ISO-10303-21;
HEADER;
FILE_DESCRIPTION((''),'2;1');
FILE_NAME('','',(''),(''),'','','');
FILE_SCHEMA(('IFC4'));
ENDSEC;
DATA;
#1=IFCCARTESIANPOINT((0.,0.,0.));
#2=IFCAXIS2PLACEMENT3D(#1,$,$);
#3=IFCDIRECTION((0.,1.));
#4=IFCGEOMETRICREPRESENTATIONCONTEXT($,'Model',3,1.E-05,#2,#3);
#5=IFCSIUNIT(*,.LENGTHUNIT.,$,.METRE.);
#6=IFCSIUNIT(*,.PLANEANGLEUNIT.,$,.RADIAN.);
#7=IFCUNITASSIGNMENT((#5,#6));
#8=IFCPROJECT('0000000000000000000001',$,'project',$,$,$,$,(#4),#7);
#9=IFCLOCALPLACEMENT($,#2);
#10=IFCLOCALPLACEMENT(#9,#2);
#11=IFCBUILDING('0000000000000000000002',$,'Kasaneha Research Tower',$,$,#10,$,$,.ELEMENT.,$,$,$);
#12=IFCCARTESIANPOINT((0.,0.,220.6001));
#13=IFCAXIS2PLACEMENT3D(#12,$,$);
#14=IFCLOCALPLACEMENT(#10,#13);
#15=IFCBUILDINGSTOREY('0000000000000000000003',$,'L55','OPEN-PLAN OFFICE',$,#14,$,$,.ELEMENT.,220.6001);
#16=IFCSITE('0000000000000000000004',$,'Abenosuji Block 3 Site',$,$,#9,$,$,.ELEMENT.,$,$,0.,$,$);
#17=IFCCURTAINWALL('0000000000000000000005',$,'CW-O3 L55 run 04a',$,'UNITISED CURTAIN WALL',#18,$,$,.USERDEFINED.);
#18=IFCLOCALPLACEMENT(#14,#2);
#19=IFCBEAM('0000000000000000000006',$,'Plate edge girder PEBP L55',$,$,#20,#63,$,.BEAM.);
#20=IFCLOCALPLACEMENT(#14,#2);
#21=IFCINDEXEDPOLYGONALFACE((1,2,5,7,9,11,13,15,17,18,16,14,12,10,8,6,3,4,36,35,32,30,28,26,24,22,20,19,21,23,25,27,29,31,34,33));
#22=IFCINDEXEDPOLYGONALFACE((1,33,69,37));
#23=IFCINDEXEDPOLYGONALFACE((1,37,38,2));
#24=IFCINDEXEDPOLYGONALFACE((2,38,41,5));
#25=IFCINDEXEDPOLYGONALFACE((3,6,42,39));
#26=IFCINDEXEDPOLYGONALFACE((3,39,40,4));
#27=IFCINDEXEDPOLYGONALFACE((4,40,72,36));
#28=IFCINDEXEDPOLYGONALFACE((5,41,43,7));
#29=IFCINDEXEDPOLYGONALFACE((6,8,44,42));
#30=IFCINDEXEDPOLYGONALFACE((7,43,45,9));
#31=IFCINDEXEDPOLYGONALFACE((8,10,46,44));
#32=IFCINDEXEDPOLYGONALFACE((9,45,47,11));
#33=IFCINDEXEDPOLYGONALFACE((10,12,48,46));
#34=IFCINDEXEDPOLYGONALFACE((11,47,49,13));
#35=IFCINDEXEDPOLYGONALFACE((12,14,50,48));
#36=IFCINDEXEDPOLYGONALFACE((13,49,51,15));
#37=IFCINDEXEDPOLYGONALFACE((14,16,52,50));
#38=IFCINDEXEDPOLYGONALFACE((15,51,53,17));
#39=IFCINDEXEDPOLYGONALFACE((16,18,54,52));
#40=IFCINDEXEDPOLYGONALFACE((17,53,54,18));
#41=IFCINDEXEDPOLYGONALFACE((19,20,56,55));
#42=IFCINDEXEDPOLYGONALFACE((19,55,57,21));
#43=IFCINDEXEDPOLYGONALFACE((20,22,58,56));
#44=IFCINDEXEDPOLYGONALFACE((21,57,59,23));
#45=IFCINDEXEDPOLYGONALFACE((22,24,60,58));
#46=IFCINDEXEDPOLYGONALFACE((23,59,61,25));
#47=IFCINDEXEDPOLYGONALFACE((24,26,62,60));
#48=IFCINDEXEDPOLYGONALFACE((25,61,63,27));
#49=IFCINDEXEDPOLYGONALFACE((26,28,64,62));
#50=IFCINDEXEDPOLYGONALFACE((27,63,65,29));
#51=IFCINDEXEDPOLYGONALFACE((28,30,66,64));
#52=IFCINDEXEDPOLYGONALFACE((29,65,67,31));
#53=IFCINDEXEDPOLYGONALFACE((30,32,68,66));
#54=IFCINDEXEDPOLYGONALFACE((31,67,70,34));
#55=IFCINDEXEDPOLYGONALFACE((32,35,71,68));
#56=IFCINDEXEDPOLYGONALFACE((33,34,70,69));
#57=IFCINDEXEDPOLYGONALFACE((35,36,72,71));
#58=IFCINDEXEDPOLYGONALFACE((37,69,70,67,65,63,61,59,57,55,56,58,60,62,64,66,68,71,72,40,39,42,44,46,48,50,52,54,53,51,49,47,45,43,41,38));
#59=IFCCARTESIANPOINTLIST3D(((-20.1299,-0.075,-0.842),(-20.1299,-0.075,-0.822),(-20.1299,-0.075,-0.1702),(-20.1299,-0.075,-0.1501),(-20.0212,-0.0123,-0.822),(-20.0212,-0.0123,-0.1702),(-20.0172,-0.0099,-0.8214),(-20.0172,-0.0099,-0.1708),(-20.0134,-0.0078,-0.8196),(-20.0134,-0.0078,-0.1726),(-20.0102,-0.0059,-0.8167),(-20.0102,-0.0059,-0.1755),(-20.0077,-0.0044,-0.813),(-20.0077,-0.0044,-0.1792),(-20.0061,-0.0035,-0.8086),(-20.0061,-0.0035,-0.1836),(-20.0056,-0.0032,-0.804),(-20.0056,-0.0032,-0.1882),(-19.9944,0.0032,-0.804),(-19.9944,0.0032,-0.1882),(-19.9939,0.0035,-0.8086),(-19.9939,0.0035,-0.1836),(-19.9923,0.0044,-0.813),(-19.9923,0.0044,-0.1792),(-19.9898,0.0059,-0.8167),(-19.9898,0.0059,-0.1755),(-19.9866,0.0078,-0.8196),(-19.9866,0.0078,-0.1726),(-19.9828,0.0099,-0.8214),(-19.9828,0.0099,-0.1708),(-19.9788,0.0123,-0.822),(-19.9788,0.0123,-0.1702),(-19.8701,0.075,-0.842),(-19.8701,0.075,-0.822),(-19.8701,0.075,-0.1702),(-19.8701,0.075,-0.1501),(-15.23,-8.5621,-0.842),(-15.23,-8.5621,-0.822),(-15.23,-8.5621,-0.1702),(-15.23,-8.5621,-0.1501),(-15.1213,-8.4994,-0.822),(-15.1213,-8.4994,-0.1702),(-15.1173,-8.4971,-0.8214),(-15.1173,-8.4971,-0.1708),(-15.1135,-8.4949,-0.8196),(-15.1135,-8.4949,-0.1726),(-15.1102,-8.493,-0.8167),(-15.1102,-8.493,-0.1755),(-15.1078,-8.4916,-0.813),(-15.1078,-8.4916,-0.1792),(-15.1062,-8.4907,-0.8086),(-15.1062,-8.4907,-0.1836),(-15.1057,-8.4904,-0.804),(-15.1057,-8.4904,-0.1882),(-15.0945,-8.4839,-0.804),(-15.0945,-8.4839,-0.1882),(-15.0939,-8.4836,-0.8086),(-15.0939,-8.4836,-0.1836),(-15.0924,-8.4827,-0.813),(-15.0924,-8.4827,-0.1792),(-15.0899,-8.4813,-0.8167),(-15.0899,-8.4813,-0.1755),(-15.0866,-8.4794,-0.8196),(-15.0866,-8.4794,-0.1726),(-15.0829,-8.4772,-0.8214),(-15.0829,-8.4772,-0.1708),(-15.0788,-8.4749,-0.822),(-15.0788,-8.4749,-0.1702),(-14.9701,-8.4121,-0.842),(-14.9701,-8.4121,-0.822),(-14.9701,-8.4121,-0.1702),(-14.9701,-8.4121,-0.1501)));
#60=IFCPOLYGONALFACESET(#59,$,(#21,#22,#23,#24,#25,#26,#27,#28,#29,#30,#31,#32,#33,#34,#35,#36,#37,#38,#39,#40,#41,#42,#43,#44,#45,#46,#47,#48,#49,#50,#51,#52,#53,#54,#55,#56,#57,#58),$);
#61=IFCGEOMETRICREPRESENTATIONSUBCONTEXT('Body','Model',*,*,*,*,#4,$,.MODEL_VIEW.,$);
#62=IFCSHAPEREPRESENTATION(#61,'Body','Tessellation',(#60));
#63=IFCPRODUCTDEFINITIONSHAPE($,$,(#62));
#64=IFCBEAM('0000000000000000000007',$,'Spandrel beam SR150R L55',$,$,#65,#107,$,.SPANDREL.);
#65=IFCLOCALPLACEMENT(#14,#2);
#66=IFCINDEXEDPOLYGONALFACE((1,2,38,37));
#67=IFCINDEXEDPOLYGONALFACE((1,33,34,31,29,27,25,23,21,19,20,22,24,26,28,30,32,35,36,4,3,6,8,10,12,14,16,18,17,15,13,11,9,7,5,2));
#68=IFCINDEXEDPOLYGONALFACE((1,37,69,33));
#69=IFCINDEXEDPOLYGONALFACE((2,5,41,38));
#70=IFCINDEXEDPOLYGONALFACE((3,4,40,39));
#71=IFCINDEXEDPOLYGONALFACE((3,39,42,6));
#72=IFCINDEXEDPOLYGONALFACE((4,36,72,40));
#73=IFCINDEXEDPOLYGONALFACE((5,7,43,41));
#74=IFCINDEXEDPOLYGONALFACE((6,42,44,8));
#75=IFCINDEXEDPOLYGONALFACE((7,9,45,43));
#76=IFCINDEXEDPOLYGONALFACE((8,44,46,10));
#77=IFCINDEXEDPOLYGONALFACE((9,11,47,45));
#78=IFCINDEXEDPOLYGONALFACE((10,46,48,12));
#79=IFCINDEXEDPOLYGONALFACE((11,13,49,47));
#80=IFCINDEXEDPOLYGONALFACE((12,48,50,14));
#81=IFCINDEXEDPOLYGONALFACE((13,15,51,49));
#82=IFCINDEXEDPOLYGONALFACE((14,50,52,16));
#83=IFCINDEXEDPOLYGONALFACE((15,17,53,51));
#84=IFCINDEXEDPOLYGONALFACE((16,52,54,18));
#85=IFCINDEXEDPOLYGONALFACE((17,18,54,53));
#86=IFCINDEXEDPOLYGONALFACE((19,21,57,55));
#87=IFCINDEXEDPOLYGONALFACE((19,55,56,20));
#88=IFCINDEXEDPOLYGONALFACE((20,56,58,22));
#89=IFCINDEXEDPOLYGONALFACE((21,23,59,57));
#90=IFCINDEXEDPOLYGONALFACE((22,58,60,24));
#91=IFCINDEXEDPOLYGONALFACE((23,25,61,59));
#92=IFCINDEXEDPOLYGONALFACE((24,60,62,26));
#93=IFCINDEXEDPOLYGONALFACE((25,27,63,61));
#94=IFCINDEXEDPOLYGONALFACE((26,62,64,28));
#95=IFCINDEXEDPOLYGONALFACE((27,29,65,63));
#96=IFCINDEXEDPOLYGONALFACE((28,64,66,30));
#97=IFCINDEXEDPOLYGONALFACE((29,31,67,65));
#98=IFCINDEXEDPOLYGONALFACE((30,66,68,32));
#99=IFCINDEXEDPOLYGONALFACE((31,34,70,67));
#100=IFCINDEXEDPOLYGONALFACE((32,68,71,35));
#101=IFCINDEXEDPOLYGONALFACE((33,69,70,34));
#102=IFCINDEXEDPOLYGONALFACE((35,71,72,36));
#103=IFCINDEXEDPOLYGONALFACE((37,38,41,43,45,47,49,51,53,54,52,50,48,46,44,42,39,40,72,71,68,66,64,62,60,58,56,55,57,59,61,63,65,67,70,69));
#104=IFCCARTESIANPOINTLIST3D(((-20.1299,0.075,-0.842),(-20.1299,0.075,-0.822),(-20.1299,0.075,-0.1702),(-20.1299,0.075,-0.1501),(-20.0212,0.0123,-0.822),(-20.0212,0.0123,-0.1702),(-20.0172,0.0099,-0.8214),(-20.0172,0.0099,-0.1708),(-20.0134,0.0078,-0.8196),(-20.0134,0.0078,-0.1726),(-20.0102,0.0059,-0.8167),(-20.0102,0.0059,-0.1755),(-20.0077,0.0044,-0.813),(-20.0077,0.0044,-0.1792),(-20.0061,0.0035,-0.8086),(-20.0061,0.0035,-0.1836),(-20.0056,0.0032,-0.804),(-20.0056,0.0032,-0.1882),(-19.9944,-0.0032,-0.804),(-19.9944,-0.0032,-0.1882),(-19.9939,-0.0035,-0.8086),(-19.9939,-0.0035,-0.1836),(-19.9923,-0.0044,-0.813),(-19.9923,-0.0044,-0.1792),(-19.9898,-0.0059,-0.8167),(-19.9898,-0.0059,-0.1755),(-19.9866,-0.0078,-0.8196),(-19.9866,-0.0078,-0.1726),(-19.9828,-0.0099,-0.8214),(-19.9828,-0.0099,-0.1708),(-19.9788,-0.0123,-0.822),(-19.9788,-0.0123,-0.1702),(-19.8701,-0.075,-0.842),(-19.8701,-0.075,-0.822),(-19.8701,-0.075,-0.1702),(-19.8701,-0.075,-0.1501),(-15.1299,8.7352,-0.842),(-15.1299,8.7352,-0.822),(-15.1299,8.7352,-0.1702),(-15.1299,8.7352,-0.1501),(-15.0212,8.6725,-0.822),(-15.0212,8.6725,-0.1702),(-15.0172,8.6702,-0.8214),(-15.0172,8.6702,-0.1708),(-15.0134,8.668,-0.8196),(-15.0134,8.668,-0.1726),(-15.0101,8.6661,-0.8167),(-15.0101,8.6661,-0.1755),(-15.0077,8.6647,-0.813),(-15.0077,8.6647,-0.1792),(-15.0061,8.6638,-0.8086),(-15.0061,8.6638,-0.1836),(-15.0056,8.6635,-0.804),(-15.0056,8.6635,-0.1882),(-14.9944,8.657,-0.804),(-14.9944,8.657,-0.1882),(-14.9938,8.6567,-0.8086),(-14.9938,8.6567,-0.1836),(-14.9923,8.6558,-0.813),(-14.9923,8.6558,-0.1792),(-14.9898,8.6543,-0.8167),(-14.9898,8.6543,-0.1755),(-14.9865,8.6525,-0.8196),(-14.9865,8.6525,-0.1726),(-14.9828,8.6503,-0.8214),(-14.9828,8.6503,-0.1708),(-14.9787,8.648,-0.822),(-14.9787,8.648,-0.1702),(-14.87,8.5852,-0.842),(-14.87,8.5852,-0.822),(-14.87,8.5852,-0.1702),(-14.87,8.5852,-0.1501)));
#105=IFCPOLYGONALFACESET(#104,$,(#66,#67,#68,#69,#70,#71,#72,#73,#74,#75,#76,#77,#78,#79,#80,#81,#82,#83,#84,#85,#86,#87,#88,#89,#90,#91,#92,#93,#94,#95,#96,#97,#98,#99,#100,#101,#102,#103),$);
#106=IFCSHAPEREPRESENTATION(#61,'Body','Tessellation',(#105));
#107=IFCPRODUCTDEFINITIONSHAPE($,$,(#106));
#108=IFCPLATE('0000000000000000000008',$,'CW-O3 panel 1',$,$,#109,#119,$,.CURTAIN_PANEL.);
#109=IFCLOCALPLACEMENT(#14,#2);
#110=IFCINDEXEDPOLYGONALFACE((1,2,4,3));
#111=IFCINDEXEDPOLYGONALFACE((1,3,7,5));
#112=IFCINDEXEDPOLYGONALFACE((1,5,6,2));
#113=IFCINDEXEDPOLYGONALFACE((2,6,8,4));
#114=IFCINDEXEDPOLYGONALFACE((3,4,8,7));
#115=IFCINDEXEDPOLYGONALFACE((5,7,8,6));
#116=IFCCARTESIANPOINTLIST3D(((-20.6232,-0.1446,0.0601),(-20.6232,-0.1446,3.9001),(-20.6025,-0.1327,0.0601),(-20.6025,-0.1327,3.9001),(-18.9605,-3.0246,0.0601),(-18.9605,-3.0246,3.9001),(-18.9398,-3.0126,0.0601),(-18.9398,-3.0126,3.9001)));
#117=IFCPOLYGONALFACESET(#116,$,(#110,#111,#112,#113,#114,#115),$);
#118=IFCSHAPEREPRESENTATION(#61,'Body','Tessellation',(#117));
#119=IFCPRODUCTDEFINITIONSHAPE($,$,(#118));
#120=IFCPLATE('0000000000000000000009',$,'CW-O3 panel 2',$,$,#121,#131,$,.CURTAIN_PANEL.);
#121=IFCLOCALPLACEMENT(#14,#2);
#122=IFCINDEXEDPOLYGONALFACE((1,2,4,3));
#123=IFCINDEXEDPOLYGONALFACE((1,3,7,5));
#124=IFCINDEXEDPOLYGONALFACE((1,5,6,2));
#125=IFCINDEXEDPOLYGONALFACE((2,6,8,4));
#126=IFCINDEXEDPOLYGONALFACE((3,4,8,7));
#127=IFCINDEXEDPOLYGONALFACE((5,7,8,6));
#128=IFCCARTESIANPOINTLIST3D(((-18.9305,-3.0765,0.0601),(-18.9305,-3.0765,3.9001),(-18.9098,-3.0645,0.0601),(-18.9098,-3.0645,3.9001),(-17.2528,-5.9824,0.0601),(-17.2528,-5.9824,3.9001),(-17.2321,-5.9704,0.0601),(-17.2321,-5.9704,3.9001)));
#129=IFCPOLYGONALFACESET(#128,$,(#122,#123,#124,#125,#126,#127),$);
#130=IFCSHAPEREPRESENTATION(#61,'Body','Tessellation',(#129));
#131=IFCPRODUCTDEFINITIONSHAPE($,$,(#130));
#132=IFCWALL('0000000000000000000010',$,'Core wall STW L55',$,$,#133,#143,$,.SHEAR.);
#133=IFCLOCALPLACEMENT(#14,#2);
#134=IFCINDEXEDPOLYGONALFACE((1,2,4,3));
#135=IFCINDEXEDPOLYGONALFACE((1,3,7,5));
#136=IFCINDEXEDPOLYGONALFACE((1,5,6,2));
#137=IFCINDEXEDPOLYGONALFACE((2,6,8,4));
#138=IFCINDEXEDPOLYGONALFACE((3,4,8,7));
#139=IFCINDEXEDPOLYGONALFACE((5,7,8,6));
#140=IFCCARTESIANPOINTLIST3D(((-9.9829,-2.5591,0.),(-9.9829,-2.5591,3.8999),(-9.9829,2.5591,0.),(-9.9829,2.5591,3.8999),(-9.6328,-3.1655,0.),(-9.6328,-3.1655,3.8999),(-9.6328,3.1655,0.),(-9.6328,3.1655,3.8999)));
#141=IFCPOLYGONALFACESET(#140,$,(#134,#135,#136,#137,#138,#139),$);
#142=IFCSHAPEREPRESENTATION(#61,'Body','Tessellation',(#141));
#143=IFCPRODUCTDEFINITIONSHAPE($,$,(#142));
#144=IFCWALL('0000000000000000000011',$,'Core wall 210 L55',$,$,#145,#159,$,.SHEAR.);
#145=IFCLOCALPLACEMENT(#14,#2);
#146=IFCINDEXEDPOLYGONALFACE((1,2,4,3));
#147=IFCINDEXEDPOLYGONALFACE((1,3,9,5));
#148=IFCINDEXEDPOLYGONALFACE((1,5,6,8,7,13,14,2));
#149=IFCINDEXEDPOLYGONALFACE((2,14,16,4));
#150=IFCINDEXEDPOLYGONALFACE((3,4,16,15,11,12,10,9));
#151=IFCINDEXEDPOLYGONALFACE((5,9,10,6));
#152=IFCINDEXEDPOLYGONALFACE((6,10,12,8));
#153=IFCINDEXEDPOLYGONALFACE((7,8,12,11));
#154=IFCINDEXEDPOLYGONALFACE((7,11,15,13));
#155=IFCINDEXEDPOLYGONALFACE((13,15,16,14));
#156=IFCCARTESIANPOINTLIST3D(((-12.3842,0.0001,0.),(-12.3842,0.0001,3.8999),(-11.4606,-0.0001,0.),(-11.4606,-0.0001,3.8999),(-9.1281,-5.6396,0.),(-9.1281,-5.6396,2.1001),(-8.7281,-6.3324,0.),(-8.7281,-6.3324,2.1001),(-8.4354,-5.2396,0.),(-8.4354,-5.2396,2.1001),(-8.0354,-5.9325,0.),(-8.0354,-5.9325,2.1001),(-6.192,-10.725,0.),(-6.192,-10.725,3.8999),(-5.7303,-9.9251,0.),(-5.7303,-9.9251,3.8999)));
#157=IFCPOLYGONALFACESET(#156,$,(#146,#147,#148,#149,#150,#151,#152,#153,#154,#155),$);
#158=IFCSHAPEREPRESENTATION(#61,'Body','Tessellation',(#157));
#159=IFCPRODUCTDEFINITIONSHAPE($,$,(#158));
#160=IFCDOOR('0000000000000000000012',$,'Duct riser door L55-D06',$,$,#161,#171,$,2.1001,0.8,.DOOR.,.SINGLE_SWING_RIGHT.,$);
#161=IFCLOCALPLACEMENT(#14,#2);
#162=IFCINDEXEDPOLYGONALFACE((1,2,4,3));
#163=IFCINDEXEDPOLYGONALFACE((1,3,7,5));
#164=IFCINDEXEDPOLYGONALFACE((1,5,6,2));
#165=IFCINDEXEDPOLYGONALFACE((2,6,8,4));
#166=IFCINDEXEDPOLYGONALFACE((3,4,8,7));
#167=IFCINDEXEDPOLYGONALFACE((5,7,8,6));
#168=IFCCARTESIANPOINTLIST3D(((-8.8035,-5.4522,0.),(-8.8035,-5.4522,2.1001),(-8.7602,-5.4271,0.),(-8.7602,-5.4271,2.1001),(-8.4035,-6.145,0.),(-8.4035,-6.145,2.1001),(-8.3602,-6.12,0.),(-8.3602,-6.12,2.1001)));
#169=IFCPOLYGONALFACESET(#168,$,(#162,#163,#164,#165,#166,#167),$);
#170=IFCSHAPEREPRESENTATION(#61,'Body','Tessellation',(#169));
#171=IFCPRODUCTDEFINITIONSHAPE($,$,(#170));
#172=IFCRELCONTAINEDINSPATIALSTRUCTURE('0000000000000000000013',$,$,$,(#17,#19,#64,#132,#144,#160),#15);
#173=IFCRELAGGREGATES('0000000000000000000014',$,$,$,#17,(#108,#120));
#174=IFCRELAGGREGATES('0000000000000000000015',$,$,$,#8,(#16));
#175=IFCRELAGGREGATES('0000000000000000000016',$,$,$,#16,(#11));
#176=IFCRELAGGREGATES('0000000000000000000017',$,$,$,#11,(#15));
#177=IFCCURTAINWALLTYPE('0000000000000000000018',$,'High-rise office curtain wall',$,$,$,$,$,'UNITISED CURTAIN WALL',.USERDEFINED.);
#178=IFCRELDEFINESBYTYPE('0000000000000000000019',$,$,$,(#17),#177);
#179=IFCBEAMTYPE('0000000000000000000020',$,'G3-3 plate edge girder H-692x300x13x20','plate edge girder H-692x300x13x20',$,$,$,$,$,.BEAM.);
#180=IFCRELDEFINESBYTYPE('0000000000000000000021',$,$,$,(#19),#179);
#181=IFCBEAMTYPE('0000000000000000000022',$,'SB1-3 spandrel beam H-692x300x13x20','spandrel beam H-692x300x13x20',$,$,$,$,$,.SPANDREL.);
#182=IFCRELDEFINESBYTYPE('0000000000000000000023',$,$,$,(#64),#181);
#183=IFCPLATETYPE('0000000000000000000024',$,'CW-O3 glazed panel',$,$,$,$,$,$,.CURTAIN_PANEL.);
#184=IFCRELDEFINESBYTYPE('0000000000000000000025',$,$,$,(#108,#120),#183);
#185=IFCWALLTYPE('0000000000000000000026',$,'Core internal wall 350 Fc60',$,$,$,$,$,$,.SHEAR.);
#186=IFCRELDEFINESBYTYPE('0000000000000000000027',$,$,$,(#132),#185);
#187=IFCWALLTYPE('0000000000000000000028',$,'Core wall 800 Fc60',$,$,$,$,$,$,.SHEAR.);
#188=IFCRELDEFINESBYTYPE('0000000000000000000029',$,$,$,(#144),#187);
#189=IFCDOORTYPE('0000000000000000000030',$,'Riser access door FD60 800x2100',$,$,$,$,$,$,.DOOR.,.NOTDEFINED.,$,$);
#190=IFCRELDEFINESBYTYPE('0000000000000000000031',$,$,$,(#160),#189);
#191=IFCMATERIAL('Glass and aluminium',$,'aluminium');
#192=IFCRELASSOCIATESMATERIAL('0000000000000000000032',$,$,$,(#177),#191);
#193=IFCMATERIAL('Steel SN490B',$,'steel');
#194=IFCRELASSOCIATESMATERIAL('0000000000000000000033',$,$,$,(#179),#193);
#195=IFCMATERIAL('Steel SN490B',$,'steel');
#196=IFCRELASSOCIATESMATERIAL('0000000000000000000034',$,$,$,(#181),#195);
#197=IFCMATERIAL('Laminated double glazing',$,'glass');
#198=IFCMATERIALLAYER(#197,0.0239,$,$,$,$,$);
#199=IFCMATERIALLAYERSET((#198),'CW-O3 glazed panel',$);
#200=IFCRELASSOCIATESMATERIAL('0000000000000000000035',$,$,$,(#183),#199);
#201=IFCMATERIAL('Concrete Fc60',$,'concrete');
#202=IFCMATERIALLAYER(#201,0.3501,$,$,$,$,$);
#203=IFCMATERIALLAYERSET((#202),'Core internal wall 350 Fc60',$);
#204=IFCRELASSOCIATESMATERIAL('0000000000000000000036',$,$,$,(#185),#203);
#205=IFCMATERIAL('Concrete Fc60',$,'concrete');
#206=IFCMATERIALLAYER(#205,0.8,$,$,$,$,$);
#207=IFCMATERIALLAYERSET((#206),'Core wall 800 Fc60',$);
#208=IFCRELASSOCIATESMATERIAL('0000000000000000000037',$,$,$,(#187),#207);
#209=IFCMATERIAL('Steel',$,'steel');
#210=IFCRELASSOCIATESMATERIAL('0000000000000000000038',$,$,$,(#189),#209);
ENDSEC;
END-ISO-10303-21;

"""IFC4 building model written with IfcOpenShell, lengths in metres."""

from ifc_helpers import new_model, si_unit, direction, frame, frame_2d, origin, origin_2d, place, context, subcontext, project, spatial, polyline, rectangle, i_section, outline, extrude, material, layer, layer_set, material_profile, profile_set, type_object, element, fill, aggregate, save


model = new_model("IFC4")

# Units and contexts
model_context = context("Model", 3, precision=1e-05, world=origin(), true_north=direction((0.0, 1.0)))
body_context = subcontext(model_context, "Body", "Model", "MODEL_VIEW")
ifc_project = project(units=[si_unit("LENGTHUNIT", "METRE"), si_unit("PLANEANGLEUNIT", "RADIAN")], contexts=[model_context])

# Site, building, storey
site_placement = place(None, origin())
site = spatial("IfcSite", under=ifc_project, at=site_placement, Name="Abenosuji Block 3 Site", CompositionType="ELEMENT", RefElevation=0.0)
building_placement = place(site_placement, origin())
building = spatial("IfcBuilding", under=site, at=building_placement, Name="Kasaneha Research Tower", CompositionType="ELEMENT")
storey_placement = place(building_placement, frame((0.0, 0.0, 220.6001)))
storey = spatial("IfcBuildingStorey", under=building, at=storey_placement, Name="L55", Description="OPEN-PLAN OFFICE", CompositionType="ELEMENT", Elevation=220.6001)

# Curtain wall
ifc_material_1 = material(Name="Glass and aluminium", Category="aluminium")
curtain_wall_type = type_object("IfcCurtainWallType", Name="High-rise office curtain wall", ElementType="UNITISED CURTAIN WALL", PredefinedType="USERDEFINED", material=ifc_material_1)
curtain_wall_placement = place(storey_placement, origin())
curtain_wall = element("IfcCurtainWall", 1, at=curtain_wall_placement, inside=storey, type_object=curtain_wall_type, Name="CW-O3 L55 run 04a", ObjectType="UNITISED CURTAIN WALL", PredefinedType="USERDEFINED")

# Beams
ifc_material_2 = material(Name="Steel SN490B", Category="steel")
ifc_material_profile_1 = material_profile(ifc_material_2, i_section(OverallWidth=0.3, OverallDepth=0.6919, WebThickness=0.0129, FlangeThickness=0.02, FilletRadius=0.0181, at=origin_2d()), Name="H-692x300x13x20")
ifc_profile_set_1 = profile_set([ifc_material_profile_1], Name="Steel SN490B")
beam_type_1 = type_object("IfcBeamType", Name="G3-3 plate edge girder H-692x300x13x20", Description="plate edge girder H-692x300x13x20", PredefinedType="BEAM", material=ifc_profile_set_1)
beam_1_placement = place(storey_placement, frame((-20.0, 0.0, -0.4961), z_axis=(0.499992, -0.86603, 0.0), x_axis=(0.86603, 0.499992, 0.0)))
element("IfcBeam", 2, at=beam_1_placement, inside=storey, type_object=beam_type_1, Name="Plate edge girder PEBP L55", PredefinedType="BEAM", context=body_context, shape_type="SweptSolid", body=[
    extrude(i_section(OverallWidth=0.3, OverallDepth=0.6919, WebThickness=0.0129, FlangeThickness=0.02, FilletRadius=0.0181, at=origin_2d()), origin(), (0.0, 0.0, 1.0), 9.8),
])
ifc_material_3 = material(Name="Steel SN490B", Category="steel")
ifc_material_profile_2 = material_profile(ifc_material_3, i_section(OverallWidth=0.3, OverallDepth=0.6919, WebThickness=0.0129, FlangeThickness=0.02, FilletRadius=0.0181, at=origin_2d()), Name="H-692x300x13x20")
ifc_profile_set_2 = profile_set([ifc_material_profile_2], Name="Steel SN490B")
beam_type_2 = type_object("IfcBeamType", Name="SB1-3 spandrel beam H-692x300x13x20", Description="spandrel beam H-692x300x13x20", PredefinedType="SPANDREL", material=ifc_profile_set_2)
beam_2_placement = place(storey_placement, frame((-20.0, 0.0, -0.4961), z_axis=(0.500004, 0.866023, 0.0), x_axis=(-0.866023, 0.500004, 0.0)))
element("IfcBeam", 3, at=beam_2_placement, inside=storey, type_object=beam_type_2, Name="Spandrel beam SR150R L55", PredefinedType="SPANDREL", context=body_context, shape_type="SweptSolid", body=[
    extrude(i_section(OverallWidth=0.3, OverallDepth=0.6919, WebThickness=0.0129, FlangeThickness=0.02, FilletRadius=0.0181, at=origin_2d()), origin(), (0.0, 0.0, 1.0), 10.0),
])

# Plates
ifc_material_4 = material(Name="Laminated double glazing", Category="glass")
ifc_layer_1 = layer(ifc_material_4, 0.0239)
ifc_layer_set_1 = layer_set([ifc_layer_1], Name="CW-O3 glazed panel")
plate_type = type_object("IfcPlateType", Name="CW-O3 glazed panel", PredefinedType="CURTAIN_PANEL", material=ifc_layer_set_1)
plate_1_placement = place(storey_placement, frame((-19.7815, -1.5786, 0.0601), z_axis=(0.0, 0.0, 1.0), x_axis=(0.5, -0.866025, 0.0)))
plate_1 = element("IfcPlate", 4, at=plate_1_placement, type_object=plate_type, Name="CW-O3 panel 1", PredefinedType="CURTAIN_PANEL", context=body_context, shape_type="SweptSolid", body=[
    extrude(rectangle(XDim=3.3254, YDim=0.0239, at=origin_2d()), origin(), (0.0, 0.0, 1.0), 3.8401),
])
plate_2_placement = place(storey_placement, frame((-18.0813, -4.5234, 0.0601), z_axis=(0.0, 0.0, 1.0), x_axis=(0.5, -0.866025, 0.0)))
plate_2 = element("IfcPlate", 5, at=plate_2_placement, type_object=plate_type, Name="CW-O3 panel 2", PredefinedType="CURTAIN_PANEL", context=body_context, shape_type="SweptSolid", body=[
    extrude(rectangle(XDim=3.3555, YDim=0.0239, at=origin_2d()), origin(), (0.0, 0.0, 1.0), 3.8401),
])
aggregate(curtain_wall, [plate_1, plate_2])

# Shared definitions
ifc_material_5 = material(Name="Concrete Fc60", Category="concrete")
ifc_layer_2 = layer(ifc_material_5, 0.3501)
ifc_layer_set_2 = layer_set([ifc_layer_2], Name="Core internal wall 350 Fc60")
wall_type_1 = type_object("IfcWallType", Name="Core internal wall 350 Fc60", PredefinedType="SHEAR", material=ifc_layer_set_2)

# Wall
wall_1_placement = place(storey_placement, frame((-9.8079, -2.8623, 0.0), z_axis=(0.0, 0.0, 1.0), x_axis=(0.0, 1.0, 0.0)))
element("IfcWall", 6, at=wall_1_placement, inside=storey, type_object=wall_type_1, Name="Core wall STW L55", PredefinedType="SHEAR", context=body_context, shape_type="SweptSolid", body=[
    extrude(outline(polyline([(-0.3032, -0.175), (6.0278, -0.175), (5.4214, 0.175), (0.3032, 0.175), (-0.3032, -0.175)])), origin(), (0.0, 0.0, 1.0), 3.8999),
])

# Wall, opening, door
ifc_material_6 = material(Name="Concrete Fc60", Category="concrete")
ifc_layer_3 = layer(ifc_material_6, 0.8)
ifc_layer_set_3 = layer_set([ifc_layer_3], Name="Core wall 800 Fc60")
wall_type_2 = type_object("IfcWallType", Name="Core wall 800 Fc60", PredefinedType="SHEAR", material=ifc_layer_set_3)
wall_2_placement = place(storey_placement, frame((-11.9224, 0.0, 0.0), z_axis=(0.0, 0.0, 1.0), x_axis=(0.500004, -0.866023, 0.0)))
wall_2 = element("IfcWall", 7, at=wall_2_placement, inside=storey, type_object=wall_type_2, Name="Core wall 210 L55", PredefinedType="SHEAR", context=body_context, shape_type="SweptSolid", body=[
    extrude(outline(polyline([(-0.231, -0.3999), (6.2812, -0.3999), (7.0813, -0.3999), (12.1533, -0.3999), (11.6914, 0.3999), (7.0813, 0.3999), (6.2812, 0.3999), (0.231, 0.3999), (-0.231, -0.3999)])), origin(), (0.0, 0.0, 1.0), 3.8999),
])
opening_1_placement = place(wall_2_placement, frame((6.2812, 0.0, 0.0)))
opening_1 = element("IfcOpeningElement", 8, at=opening_1_placement, cuts=wall_2, PredefinedType="OPENING", context=body_context, shape_type="SweptSolid", body=[
    extrude(rectangle(XDim=0.8, YDim=2.1001, at=frame_2d((0.3999, 1.05))), frame((0.0, 0.4102, 0.0), z_axis=(0.0, -1.0, 0.0), x_axis=(1.0, 0.0, 0.0)), (0.0, 0.0, 1.0), 0.8201),
])
ifc_material_7 = material(Name="Steel", Category="steel")
door_type_1 = type_object("IfcDoorType", Name="Riser access door FD60 800x2100", OperationType="NOTDEFINED", PredefinedType="DOOR", material=ifc_material_7)
door_1_placement = place(opening_1_placement, origin())
door_1 = element("IfcDoor", 9, at=door_1_placement, inside=storey, type_object=door_type_1, Name="Duct riser door L55-D06", OperationType="SINGLE_SWING_RIGHT", OverallHeight=2.1001, OverallWidth=0.8, PredefinedType="DOOR", context=body_context, shape_type="SweptSolid", body=[
    extrude(rectangle(XDim=0.8, YDim=2.1001, at=frame_2d((0.3999, 1.05))), frame((0.0, 0.0249, 0.0), z_axis=(0.0, -1.0, 0.0), x_axis=(1.0, 0.0, 0.0)), (0.0, 0.0, 1.0), 0.05),
])
fill(opening_1, door_1)

save(model, "model.ifc")
